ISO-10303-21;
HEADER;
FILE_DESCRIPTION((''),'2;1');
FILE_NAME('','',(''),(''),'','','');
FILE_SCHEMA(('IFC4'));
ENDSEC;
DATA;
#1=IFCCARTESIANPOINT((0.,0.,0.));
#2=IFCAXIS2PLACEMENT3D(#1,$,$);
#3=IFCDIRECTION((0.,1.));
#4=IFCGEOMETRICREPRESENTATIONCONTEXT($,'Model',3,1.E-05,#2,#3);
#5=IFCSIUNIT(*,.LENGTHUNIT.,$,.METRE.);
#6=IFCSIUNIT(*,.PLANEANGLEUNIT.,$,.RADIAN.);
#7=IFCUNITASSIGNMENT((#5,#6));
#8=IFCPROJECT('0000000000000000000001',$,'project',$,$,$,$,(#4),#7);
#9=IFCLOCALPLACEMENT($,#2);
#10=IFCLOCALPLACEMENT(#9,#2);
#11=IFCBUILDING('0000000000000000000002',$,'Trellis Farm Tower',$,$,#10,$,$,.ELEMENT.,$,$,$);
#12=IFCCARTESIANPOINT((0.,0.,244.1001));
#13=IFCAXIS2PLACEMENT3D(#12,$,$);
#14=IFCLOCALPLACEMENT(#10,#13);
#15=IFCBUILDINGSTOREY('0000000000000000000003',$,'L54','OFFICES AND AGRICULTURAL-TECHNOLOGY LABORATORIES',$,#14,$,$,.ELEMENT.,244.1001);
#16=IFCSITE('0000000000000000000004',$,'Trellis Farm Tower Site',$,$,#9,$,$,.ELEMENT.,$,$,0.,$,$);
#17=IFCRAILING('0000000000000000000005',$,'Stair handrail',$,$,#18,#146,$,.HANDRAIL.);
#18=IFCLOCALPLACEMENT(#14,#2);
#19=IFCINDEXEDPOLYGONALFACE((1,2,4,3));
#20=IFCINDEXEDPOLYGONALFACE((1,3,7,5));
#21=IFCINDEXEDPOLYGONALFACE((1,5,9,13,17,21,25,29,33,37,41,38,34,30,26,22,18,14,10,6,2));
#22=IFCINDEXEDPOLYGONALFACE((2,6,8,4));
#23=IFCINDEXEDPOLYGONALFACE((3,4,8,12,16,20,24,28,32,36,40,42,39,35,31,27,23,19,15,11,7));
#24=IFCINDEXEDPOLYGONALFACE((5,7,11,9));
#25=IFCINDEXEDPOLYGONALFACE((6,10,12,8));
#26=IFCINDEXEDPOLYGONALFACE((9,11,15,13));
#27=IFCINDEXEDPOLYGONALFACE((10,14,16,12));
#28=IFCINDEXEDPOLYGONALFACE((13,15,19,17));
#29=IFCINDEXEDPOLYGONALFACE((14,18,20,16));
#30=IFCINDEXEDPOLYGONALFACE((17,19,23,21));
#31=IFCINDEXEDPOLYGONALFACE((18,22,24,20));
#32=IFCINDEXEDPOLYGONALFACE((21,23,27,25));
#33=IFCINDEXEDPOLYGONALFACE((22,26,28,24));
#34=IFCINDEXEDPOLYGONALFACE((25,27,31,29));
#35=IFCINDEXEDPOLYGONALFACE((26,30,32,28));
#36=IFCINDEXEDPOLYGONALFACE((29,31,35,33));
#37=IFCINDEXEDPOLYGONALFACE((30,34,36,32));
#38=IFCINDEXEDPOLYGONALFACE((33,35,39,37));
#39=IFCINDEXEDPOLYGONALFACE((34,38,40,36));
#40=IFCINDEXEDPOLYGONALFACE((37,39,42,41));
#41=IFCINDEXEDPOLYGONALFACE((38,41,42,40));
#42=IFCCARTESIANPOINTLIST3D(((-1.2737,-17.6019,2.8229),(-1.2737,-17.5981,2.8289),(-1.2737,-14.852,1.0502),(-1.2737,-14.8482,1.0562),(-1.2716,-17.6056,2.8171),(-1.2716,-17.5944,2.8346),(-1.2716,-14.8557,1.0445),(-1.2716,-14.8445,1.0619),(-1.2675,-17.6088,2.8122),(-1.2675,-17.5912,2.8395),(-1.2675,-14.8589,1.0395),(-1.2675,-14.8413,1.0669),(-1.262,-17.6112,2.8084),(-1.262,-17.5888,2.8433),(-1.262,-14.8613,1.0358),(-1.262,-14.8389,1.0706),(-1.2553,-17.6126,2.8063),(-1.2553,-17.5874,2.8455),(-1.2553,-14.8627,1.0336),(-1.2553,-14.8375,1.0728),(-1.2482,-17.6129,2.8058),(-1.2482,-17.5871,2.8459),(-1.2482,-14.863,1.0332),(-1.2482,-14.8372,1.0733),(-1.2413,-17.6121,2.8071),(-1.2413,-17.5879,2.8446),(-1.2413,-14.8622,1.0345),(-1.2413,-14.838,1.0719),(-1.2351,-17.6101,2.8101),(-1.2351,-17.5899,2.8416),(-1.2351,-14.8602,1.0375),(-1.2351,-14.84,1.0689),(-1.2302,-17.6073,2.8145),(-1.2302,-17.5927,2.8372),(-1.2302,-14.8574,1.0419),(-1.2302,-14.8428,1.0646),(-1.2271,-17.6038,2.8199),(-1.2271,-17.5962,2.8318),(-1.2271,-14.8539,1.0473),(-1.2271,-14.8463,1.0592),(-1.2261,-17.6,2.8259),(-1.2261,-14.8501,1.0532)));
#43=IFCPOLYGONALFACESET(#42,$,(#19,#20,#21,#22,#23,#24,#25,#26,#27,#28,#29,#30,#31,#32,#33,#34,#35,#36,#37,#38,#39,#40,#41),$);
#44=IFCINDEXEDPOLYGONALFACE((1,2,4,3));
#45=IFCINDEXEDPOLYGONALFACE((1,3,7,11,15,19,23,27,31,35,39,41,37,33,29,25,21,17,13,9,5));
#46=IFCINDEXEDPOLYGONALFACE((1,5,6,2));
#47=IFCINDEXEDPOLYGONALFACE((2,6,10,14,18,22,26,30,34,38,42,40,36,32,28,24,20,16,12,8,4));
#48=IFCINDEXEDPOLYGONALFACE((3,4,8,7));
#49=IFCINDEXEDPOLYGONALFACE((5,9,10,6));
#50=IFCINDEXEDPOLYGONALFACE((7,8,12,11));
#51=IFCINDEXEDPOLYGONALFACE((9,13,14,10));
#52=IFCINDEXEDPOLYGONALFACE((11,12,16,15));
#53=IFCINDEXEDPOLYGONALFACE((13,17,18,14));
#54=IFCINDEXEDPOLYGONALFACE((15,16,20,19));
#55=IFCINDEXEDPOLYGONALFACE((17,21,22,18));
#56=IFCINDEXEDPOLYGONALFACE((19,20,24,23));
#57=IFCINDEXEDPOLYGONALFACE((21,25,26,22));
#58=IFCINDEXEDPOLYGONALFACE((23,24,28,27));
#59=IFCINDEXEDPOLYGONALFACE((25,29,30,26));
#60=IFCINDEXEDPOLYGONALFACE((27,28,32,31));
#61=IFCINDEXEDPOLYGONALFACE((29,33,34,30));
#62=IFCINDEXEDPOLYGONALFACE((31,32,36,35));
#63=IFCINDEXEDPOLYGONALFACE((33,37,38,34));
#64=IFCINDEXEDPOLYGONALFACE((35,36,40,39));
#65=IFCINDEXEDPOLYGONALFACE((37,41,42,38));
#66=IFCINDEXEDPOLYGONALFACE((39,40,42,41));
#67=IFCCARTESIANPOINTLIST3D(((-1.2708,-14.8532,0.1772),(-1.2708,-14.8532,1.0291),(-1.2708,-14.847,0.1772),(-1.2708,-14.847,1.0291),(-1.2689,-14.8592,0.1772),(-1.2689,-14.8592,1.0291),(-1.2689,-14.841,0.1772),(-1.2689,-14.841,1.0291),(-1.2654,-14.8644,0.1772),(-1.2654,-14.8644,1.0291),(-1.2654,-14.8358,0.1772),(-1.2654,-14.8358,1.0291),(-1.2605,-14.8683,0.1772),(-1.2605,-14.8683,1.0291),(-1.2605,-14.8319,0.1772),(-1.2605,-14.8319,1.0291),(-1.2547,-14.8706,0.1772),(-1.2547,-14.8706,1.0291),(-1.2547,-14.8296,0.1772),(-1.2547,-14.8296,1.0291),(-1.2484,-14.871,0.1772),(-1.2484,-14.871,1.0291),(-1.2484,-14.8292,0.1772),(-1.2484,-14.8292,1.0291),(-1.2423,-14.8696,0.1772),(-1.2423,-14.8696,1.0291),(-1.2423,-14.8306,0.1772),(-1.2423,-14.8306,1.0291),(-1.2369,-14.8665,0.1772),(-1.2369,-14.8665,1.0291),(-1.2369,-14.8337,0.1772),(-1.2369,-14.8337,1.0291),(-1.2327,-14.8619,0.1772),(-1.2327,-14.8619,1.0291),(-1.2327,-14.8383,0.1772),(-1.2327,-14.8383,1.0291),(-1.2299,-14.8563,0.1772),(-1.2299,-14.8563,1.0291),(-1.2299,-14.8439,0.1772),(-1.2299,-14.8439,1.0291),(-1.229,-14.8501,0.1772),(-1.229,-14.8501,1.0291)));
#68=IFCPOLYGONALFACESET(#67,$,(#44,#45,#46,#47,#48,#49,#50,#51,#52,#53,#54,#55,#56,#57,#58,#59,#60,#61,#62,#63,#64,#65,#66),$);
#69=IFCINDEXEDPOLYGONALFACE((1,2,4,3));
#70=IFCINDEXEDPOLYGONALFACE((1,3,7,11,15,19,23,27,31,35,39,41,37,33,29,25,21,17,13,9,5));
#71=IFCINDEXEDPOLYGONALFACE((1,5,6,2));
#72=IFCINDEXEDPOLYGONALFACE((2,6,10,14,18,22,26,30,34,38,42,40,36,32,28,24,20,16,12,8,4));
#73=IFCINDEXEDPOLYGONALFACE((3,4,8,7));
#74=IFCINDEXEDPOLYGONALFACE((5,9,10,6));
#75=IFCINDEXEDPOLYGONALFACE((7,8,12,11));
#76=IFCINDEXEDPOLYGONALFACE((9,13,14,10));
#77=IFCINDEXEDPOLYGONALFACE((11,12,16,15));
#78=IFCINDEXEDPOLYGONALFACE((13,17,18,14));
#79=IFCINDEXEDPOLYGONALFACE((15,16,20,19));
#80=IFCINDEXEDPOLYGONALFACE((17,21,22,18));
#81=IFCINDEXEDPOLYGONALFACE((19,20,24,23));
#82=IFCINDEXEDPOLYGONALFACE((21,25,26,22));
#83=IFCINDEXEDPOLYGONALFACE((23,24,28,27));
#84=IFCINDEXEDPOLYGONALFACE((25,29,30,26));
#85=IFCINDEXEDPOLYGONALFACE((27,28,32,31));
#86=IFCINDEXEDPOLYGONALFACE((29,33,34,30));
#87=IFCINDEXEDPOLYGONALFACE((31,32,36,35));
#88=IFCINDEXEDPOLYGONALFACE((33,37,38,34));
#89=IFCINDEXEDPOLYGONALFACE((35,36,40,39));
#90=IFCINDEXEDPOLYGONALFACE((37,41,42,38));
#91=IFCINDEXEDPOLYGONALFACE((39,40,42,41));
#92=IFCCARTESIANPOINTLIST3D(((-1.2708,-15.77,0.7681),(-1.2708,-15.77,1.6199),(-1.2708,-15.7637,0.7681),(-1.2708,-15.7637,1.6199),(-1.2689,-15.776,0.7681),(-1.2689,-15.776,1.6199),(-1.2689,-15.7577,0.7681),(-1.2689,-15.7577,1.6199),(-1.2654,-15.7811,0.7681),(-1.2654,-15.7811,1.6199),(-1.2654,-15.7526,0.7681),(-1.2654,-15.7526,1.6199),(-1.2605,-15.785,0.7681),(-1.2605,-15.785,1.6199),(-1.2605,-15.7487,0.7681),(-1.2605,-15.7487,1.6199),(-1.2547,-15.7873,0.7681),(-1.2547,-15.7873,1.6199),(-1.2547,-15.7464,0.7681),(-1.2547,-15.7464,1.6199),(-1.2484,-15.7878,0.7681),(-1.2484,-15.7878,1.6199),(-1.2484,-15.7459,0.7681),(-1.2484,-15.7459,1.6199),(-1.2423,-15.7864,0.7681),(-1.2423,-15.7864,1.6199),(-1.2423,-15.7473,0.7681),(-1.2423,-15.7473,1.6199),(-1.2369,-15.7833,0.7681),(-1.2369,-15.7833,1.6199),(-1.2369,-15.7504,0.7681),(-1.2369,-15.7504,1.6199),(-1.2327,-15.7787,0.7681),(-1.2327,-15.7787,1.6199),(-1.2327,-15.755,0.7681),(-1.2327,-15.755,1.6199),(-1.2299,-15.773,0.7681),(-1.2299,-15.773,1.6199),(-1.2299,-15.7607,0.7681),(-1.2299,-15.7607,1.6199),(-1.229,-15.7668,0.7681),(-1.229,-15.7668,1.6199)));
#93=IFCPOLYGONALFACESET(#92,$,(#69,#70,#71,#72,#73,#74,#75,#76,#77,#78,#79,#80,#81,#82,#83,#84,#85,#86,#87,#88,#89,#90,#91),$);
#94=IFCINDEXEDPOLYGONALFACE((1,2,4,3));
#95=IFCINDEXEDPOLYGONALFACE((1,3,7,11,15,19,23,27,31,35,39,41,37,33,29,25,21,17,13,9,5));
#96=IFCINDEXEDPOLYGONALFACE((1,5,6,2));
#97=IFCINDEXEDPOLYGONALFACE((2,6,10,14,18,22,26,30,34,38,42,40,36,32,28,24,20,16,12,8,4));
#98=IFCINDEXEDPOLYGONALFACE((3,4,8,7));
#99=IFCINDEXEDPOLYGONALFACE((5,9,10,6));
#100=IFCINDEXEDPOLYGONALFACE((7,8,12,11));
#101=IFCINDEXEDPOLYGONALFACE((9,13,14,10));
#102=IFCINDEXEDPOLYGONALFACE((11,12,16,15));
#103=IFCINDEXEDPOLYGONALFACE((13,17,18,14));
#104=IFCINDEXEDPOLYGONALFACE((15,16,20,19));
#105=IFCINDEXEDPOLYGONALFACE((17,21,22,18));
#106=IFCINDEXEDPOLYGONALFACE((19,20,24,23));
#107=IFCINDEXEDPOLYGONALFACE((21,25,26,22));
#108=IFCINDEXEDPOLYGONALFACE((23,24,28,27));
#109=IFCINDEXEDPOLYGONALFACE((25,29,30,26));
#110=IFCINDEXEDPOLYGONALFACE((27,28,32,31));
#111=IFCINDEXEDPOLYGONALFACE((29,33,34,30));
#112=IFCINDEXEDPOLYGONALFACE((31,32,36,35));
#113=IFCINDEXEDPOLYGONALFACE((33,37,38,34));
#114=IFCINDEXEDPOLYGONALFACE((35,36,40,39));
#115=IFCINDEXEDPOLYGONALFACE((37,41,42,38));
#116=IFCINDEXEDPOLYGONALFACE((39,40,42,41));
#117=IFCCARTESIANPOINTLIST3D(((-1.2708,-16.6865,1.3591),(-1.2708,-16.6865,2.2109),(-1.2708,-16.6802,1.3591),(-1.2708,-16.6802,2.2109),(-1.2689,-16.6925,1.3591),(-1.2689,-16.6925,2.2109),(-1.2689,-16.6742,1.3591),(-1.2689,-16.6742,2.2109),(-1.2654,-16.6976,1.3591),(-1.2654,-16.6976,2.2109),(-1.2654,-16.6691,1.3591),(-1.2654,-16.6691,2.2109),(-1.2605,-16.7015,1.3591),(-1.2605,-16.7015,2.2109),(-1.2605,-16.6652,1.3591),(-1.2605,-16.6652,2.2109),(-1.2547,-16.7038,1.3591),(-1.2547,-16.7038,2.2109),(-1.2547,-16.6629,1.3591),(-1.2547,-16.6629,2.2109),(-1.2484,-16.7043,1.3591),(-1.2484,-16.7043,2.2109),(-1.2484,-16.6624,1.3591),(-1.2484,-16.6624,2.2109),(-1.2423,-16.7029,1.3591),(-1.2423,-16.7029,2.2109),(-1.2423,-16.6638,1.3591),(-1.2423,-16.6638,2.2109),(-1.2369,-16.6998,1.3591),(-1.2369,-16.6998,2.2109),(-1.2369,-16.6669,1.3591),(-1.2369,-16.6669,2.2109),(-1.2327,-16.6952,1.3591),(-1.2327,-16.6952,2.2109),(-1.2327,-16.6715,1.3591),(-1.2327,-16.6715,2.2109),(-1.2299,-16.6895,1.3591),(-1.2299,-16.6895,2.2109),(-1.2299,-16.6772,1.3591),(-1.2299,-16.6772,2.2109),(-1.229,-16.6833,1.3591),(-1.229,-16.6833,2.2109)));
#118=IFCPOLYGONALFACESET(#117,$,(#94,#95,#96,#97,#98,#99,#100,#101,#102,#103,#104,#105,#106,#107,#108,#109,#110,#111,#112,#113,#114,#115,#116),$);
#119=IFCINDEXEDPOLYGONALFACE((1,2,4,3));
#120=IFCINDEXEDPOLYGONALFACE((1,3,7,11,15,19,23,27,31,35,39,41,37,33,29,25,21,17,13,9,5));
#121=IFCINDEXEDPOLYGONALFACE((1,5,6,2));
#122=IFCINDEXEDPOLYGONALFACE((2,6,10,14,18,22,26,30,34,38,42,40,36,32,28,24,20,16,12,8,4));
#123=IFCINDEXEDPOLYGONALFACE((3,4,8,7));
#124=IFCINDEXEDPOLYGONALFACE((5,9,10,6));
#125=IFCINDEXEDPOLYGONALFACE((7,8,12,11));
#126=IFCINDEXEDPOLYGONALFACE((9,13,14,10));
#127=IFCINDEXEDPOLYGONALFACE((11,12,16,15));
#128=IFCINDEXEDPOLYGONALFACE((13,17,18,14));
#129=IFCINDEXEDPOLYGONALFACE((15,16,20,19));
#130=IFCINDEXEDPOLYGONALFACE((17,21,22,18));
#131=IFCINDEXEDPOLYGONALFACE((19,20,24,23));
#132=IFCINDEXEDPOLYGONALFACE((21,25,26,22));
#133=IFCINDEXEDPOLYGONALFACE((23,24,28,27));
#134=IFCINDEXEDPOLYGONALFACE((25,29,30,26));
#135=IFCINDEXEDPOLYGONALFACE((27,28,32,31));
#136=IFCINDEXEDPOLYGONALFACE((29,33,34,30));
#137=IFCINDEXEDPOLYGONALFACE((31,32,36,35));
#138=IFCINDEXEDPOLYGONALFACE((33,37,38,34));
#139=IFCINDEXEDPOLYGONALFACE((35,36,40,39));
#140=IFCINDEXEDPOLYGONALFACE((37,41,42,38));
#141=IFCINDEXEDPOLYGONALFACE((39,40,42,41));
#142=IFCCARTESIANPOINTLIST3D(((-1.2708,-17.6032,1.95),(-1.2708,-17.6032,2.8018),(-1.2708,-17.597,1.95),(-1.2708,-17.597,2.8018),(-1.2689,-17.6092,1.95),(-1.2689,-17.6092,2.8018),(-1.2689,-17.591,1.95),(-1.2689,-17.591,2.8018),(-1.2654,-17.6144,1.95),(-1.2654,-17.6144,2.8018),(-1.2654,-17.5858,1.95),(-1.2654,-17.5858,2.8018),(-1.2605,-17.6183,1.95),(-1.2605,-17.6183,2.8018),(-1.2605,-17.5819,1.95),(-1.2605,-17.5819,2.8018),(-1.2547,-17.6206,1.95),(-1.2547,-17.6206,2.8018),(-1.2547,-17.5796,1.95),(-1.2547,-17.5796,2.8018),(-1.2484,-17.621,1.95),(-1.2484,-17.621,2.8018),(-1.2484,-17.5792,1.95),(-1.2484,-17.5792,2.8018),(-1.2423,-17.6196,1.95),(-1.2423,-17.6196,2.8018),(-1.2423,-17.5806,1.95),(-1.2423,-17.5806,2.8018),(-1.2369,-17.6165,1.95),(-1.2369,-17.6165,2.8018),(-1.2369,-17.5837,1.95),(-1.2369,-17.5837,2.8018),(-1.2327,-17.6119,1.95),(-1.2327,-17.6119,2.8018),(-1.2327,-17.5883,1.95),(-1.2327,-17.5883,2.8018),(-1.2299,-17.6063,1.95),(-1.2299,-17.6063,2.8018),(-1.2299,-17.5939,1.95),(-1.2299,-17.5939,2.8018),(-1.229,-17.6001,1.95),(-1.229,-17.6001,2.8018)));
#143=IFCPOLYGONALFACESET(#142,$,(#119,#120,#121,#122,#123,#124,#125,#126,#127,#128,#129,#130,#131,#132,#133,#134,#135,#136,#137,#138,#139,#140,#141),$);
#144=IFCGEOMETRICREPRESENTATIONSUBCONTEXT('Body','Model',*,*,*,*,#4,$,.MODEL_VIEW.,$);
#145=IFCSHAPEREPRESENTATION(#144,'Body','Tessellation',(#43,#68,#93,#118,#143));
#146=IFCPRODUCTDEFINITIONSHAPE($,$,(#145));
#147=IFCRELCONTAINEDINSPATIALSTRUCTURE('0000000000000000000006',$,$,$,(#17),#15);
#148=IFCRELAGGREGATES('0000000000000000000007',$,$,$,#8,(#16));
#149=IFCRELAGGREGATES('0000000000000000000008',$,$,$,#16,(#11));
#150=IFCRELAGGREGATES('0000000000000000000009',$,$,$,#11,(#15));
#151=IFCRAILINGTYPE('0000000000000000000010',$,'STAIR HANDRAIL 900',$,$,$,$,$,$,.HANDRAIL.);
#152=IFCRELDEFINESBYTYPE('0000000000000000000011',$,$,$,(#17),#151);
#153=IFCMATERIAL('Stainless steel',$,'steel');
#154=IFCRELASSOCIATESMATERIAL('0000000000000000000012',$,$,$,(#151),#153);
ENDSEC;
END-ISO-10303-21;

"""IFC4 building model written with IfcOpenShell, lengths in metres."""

from ifc_helpers import new_model, si_unit, direction, frame, origin, origin_2d, place, context, subcontext, project, spatial, circle, extrude, source, transform, mapped, material, type_object, element, save


model = new_model("IFC4")

# Units and contexts
model_context = context("Model", 3, precision=1e-05, world=origin(), true_north=direction((0.0, 1.0)))
body_context = subcontext(model_context, "Body", "Model", "MODEL_VIEW")
ifc_project = project(units=[si_unit("LENGTHUNIT", "METRE"), si_unit("PLANEANGLEUNIT", "RADIAN")], contexts=[model_context])

# Site, building, storey
site_placement = place(None, origin())
site = spatial("IfcSite", under=ifc_project, at=site_placement, Name="Trellis Farm Tower Site", CompositionType="ELEMENT", RefElevation=0.0)
building_placement = place(site_placement, origin())
building = spatial("IfcBuilding", under=site, at=building_placement, Name="Trellis Farm Tower", CompositionType="ELEMENT")
storey_placement = place(building_placement, frame((0.0, 0.0, 244.1001)))
storey = spatial("IfcBuildingStorey", under=building, at=storey_placement, Name="L54", Description="OFFICES AND AGRICULTURAL-TECHNOLOGY LABORATORIES", CompositionType="ELEMENT", Elevation=244.1001)

# Railing
ifc_material_1 = material(Name="Stainless steel", Category="steel")
railing_type = type_object("IfcRailingType", Name="STAIR HANDRAIL 900", PredefinedType="HANDRAIL", material=ifc_material_1)
shared_shape_1 = source(origin(), body_context, "Body", "SweptSolid", [
    extrude(circle(Radius=0.0239, at=origin_2d()), frame((0.0, 0.0, 0.876), z_axis=(0.0, -0.840504, 0.541806), x_axis=(1.0, 0.0, 0.0)), (0.0, 0.0, 1.0), 3.2717),
    extrude(circle(Radius=0.021, at=origin_2d()), origin(), (0.0, 0.0, 1.0), 0.8518),
    extrude(circle(Radius=0.021, at=origin_2d()), frame((0.0, -0.9167, 0.5908)), (0.0, 0.0, 1.0), 0.8518),
    extrude(circle(Radius=0.021, at=origin_2d()), frame((0.0, -1.8333, 1.1819)), (0.0, 0.0, 1.0), 0.8518),
    extrude(circle(Radius=0.021, at=origin_2d()), frame((0.0, -2.75, 1.7727)), (0.0, 0.0, 1.0), 0.8518),
])
railing_placement = place(storey_placement, frame((-1.25, -14.8501, 0.1772)))
element("IfcRailing", 1, at=railing_placement, inside=storey, type_object=railing_type, Name="Stair handrail", PredefinedType="HANDRAIL", context=body_context, shape_type="MappedRepresentation", body=[
    mapped(shared_shape_1, transform((0.0, 0.0, 0.0))),
])

save(model, "model.ifc")
